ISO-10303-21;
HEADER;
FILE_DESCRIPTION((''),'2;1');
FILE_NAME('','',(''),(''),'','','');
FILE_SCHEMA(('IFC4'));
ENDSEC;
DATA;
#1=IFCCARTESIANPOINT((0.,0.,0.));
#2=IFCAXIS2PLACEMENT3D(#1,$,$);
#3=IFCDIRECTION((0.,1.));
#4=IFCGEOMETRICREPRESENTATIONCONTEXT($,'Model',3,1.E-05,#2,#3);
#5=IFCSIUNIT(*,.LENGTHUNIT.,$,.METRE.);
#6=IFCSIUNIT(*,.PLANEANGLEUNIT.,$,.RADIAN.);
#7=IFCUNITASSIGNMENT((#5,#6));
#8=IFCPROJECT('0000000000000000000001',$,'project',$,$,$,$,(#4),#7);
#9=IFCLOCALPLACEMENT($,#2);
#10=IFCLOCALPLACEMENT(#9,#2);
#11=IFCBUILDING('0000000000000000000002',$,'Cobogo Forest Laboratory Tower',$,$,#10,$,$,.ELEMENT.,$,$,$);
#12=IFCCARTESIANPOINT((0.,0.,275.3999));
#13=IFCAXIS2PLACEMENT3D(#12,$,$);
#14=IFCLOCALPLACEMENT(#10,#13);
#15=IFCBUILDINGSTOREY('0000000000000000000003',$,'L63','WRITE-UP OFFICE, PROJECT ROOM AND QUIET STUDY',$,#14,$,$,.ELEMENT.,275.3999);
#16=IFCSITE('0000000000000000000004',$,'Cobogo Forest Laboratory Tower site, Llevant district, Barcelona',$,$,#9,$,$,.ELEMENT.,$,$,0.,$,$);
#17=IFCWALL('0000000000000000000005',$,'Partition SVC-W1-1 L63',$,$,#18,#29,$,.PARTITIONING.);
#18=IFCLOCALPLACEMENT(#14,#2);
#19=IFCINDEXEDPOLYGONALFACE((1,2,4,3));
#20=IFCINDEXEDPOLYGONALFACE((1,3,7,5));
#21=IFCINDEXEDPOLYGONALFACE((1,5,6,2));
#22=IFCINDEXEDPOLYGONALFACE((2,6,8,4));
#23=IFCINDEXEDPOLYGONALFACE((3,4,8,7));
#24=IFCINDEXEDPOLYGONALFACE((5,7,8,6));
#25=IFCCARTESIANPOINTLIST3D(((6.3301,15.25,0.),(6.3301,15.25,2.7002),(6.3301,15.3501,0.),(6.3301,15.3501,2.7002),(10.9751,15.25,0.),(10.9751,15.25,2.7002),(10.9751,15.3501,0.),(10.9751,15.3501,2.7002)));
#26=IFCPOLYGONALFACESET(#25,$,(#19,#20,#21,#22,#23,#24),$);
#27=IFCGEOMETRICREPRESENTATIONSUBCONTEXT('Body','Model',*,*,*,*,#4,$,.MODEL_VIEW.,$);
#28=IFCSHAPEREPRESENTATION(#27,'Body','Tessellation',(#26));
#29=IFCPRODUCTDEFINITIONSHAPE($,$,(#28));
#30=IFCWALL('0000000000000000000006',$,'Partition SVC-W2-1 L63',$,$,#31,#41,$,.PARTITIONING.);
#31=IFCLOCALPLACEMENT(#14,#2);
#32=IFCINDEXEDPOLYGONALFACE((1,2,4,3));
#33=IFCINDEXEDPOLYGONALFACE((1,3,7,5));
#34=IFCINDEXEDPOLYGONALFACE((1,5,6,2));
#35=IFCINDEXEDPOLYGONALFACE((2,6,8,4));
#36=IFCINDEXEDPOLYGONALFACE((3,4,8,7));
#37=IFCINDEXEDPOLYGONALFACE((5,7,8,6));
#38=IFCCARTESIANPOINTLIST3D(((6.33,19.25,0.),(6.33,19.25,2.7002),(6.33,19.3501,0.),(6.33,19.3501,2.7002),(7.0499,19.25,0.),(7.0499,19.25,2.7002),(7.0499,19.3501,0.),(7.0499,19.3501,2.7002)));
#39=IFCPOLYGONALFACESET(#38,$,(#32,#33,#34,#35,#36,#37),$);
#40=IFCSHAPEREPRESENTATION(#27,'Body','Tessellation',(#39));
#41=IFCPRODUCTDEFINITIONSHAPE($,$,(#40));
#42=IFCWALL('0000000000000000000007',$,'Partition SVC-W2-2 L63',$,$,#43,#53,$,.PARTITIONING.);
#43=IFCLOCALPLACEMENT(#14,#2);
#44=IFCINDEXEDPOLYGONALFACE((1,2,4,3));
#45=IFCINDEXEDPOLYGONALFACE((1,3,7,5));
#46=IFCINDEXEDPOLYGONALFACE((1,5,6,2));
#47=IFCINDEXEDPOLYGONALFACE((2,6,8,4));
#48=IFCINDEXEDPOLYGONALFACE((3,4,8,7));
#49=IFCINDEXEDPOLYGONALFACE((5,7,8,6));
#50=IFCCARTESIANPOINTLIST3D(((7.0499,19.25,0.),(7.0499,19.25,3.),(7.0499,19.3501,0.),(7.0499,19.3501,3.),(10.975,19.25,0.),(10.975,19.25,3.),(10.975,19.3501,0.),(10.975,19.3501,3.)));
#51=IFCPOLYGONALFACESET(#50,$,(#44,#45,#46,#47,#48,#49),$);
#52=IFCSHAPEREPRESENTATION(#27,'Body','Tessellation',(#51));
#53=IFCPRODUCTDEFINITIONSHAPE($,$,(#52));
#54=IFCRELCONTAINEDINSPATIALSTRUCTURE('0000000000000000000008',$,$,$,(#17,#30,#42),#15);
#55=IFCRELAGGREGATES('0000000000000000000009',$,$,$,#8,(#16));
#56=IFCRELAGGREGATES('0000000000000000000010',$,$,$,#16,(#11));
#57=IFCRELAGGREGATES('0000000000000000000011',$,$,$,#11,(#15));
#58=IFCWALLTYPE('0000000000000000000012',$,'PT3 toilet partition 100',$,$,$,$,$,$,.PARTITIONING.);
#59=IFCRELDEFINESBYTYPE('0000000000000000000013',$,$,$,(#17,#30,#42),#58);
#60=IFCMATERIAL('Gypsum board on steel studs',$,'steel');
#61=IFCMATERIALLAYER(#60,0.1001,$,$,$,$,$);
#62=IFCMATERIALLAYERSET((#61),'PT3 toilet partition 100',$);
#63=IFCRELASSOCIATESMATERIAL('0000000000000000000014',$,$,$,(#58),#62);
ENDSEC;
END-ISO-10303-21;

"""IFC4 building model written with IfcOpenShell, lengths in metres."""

from ifc_helpers import new_model, si_unit, direction, frame, frame_2d, origin, place, context, subcontext, project, spatial, rectangle, extrude, material, layer, layer_set, type_object, element, save


model = new_model("IFC4")

# Units and contexts
model_context = context("Model", 3, precision=1e-05, world=origin(), true_north=direction((0.0, 1.0)))
body_context = subcontext(model_context, "Body", "Model", "MODEL_VIEW")
ifc_project = project(units=[si_unit("LENGTHUNIT", "METRE"), si_unit("PLANEANGLEUNIT", "RADIAN")], contexts=[model_context])

# Site, building, storey
site_placement = place(None, origin())
site = spatial("IfcSite", under=ifc_project, at=site_placement, Name="Cobogo Forest Laboratory Tower site, Llevant district, Barcelona", CompositionType="ELEMENT", RefElevation=0.0)
building_placement = place(site_placement, origin())
building = spatial("IfcBuilding", under=site, at=building_placement, Name="Cobogo Forest Laboratory Tower", CompositionType="ELEMENT")
storey_placement = place(building_placement, frame((0.0, 0.0, 275.3999)))
storey = spatial("IfcBuildingStorey", under=building, at=storey_placement, Name="L63", Description="WRITE-UP OFFICE, PROJECT ROOM AND QUIET STUDY", CompositionType="ELEMENT", Elevation=275.3999)

# Shared definitions
ifc_material_1 = material(Name="Gypsum board on steel studs", Category="steel")

# Walls
ifc_layer_1 = layer(ifc_material_1, 0.1001)
ifc_layer_set_1 = layer_set([ifc_layer_1], Name="PT3 toilet partition 100")
wall_type_1 = type_object("IfcWallType", Name="PT3 toilet partition 100", PredefinedType="PARTITIONING", material=ifc_layer_set_1)
wall_1_placement = place(storey_placement, frame((6.3301, 15.3, 0.0), z_axis=(0.0, 0.0, 1.0), x_axis=(1.0, 0.0, 0.0)))
element("IfcWall", 1, at=wall_1_placement, inside=storey, type_object=wall_type_1, Name="Partition SVC-W1-1 L63", PredefinedType="PARTITIONING", context=body_context, shape_type="SweptSolid", body=[
    extrude(rectangle(XDim=4.645, YDim=0.1001, at=frame_2d((2.3225, 0.0))), origin(), (0.0, 0.0, 1.0), 2.7002),
])
wall_2_placement = place(storey_placement, frame((6.3301, 19.3, 0.0), z_axis=(0.0, 0.0, 1.0), x_axis=(1.0, 0.0, 0.0)))
element("IfcWall", 2, at=wall_2_placement, inside=storey, type_object=wall_type_1, Name="Partition SVC-W2-1 L63", PredefinedType="PARTITIONING", context=body_context, shape_type="SweptSolid", body=[
    extrude(rectangle(XDim=0.72, YDim=0.1001, at=frame_2d((0.3599, 0.0))), origin(), (0.0, 0.0, 1.0), 2.7002),
])
wall_3_placement = place(storey_placement, frame((7.05, 19.3, 0.0), z_axis=(0.0, 0.0, 1.0), x_axis=(1.0, 0.0, 0.0)))
element("IfcWall", 3, at=wall_3_placement, inside=storey, type_object=wall_type_1, Name="Partition SVC-W2-2 L63", PredefinedType="PARTITIONING", context=body_context, shape_type="SweptSolid", body=[
    extrude(rectangle(XDim=3.925, YDim=0.1001, at=frame_2d((1.9624, 0.0))), origin(), (0.0, 0.0, 1.0), 3.0),
])

save(model, "model.ifc")
